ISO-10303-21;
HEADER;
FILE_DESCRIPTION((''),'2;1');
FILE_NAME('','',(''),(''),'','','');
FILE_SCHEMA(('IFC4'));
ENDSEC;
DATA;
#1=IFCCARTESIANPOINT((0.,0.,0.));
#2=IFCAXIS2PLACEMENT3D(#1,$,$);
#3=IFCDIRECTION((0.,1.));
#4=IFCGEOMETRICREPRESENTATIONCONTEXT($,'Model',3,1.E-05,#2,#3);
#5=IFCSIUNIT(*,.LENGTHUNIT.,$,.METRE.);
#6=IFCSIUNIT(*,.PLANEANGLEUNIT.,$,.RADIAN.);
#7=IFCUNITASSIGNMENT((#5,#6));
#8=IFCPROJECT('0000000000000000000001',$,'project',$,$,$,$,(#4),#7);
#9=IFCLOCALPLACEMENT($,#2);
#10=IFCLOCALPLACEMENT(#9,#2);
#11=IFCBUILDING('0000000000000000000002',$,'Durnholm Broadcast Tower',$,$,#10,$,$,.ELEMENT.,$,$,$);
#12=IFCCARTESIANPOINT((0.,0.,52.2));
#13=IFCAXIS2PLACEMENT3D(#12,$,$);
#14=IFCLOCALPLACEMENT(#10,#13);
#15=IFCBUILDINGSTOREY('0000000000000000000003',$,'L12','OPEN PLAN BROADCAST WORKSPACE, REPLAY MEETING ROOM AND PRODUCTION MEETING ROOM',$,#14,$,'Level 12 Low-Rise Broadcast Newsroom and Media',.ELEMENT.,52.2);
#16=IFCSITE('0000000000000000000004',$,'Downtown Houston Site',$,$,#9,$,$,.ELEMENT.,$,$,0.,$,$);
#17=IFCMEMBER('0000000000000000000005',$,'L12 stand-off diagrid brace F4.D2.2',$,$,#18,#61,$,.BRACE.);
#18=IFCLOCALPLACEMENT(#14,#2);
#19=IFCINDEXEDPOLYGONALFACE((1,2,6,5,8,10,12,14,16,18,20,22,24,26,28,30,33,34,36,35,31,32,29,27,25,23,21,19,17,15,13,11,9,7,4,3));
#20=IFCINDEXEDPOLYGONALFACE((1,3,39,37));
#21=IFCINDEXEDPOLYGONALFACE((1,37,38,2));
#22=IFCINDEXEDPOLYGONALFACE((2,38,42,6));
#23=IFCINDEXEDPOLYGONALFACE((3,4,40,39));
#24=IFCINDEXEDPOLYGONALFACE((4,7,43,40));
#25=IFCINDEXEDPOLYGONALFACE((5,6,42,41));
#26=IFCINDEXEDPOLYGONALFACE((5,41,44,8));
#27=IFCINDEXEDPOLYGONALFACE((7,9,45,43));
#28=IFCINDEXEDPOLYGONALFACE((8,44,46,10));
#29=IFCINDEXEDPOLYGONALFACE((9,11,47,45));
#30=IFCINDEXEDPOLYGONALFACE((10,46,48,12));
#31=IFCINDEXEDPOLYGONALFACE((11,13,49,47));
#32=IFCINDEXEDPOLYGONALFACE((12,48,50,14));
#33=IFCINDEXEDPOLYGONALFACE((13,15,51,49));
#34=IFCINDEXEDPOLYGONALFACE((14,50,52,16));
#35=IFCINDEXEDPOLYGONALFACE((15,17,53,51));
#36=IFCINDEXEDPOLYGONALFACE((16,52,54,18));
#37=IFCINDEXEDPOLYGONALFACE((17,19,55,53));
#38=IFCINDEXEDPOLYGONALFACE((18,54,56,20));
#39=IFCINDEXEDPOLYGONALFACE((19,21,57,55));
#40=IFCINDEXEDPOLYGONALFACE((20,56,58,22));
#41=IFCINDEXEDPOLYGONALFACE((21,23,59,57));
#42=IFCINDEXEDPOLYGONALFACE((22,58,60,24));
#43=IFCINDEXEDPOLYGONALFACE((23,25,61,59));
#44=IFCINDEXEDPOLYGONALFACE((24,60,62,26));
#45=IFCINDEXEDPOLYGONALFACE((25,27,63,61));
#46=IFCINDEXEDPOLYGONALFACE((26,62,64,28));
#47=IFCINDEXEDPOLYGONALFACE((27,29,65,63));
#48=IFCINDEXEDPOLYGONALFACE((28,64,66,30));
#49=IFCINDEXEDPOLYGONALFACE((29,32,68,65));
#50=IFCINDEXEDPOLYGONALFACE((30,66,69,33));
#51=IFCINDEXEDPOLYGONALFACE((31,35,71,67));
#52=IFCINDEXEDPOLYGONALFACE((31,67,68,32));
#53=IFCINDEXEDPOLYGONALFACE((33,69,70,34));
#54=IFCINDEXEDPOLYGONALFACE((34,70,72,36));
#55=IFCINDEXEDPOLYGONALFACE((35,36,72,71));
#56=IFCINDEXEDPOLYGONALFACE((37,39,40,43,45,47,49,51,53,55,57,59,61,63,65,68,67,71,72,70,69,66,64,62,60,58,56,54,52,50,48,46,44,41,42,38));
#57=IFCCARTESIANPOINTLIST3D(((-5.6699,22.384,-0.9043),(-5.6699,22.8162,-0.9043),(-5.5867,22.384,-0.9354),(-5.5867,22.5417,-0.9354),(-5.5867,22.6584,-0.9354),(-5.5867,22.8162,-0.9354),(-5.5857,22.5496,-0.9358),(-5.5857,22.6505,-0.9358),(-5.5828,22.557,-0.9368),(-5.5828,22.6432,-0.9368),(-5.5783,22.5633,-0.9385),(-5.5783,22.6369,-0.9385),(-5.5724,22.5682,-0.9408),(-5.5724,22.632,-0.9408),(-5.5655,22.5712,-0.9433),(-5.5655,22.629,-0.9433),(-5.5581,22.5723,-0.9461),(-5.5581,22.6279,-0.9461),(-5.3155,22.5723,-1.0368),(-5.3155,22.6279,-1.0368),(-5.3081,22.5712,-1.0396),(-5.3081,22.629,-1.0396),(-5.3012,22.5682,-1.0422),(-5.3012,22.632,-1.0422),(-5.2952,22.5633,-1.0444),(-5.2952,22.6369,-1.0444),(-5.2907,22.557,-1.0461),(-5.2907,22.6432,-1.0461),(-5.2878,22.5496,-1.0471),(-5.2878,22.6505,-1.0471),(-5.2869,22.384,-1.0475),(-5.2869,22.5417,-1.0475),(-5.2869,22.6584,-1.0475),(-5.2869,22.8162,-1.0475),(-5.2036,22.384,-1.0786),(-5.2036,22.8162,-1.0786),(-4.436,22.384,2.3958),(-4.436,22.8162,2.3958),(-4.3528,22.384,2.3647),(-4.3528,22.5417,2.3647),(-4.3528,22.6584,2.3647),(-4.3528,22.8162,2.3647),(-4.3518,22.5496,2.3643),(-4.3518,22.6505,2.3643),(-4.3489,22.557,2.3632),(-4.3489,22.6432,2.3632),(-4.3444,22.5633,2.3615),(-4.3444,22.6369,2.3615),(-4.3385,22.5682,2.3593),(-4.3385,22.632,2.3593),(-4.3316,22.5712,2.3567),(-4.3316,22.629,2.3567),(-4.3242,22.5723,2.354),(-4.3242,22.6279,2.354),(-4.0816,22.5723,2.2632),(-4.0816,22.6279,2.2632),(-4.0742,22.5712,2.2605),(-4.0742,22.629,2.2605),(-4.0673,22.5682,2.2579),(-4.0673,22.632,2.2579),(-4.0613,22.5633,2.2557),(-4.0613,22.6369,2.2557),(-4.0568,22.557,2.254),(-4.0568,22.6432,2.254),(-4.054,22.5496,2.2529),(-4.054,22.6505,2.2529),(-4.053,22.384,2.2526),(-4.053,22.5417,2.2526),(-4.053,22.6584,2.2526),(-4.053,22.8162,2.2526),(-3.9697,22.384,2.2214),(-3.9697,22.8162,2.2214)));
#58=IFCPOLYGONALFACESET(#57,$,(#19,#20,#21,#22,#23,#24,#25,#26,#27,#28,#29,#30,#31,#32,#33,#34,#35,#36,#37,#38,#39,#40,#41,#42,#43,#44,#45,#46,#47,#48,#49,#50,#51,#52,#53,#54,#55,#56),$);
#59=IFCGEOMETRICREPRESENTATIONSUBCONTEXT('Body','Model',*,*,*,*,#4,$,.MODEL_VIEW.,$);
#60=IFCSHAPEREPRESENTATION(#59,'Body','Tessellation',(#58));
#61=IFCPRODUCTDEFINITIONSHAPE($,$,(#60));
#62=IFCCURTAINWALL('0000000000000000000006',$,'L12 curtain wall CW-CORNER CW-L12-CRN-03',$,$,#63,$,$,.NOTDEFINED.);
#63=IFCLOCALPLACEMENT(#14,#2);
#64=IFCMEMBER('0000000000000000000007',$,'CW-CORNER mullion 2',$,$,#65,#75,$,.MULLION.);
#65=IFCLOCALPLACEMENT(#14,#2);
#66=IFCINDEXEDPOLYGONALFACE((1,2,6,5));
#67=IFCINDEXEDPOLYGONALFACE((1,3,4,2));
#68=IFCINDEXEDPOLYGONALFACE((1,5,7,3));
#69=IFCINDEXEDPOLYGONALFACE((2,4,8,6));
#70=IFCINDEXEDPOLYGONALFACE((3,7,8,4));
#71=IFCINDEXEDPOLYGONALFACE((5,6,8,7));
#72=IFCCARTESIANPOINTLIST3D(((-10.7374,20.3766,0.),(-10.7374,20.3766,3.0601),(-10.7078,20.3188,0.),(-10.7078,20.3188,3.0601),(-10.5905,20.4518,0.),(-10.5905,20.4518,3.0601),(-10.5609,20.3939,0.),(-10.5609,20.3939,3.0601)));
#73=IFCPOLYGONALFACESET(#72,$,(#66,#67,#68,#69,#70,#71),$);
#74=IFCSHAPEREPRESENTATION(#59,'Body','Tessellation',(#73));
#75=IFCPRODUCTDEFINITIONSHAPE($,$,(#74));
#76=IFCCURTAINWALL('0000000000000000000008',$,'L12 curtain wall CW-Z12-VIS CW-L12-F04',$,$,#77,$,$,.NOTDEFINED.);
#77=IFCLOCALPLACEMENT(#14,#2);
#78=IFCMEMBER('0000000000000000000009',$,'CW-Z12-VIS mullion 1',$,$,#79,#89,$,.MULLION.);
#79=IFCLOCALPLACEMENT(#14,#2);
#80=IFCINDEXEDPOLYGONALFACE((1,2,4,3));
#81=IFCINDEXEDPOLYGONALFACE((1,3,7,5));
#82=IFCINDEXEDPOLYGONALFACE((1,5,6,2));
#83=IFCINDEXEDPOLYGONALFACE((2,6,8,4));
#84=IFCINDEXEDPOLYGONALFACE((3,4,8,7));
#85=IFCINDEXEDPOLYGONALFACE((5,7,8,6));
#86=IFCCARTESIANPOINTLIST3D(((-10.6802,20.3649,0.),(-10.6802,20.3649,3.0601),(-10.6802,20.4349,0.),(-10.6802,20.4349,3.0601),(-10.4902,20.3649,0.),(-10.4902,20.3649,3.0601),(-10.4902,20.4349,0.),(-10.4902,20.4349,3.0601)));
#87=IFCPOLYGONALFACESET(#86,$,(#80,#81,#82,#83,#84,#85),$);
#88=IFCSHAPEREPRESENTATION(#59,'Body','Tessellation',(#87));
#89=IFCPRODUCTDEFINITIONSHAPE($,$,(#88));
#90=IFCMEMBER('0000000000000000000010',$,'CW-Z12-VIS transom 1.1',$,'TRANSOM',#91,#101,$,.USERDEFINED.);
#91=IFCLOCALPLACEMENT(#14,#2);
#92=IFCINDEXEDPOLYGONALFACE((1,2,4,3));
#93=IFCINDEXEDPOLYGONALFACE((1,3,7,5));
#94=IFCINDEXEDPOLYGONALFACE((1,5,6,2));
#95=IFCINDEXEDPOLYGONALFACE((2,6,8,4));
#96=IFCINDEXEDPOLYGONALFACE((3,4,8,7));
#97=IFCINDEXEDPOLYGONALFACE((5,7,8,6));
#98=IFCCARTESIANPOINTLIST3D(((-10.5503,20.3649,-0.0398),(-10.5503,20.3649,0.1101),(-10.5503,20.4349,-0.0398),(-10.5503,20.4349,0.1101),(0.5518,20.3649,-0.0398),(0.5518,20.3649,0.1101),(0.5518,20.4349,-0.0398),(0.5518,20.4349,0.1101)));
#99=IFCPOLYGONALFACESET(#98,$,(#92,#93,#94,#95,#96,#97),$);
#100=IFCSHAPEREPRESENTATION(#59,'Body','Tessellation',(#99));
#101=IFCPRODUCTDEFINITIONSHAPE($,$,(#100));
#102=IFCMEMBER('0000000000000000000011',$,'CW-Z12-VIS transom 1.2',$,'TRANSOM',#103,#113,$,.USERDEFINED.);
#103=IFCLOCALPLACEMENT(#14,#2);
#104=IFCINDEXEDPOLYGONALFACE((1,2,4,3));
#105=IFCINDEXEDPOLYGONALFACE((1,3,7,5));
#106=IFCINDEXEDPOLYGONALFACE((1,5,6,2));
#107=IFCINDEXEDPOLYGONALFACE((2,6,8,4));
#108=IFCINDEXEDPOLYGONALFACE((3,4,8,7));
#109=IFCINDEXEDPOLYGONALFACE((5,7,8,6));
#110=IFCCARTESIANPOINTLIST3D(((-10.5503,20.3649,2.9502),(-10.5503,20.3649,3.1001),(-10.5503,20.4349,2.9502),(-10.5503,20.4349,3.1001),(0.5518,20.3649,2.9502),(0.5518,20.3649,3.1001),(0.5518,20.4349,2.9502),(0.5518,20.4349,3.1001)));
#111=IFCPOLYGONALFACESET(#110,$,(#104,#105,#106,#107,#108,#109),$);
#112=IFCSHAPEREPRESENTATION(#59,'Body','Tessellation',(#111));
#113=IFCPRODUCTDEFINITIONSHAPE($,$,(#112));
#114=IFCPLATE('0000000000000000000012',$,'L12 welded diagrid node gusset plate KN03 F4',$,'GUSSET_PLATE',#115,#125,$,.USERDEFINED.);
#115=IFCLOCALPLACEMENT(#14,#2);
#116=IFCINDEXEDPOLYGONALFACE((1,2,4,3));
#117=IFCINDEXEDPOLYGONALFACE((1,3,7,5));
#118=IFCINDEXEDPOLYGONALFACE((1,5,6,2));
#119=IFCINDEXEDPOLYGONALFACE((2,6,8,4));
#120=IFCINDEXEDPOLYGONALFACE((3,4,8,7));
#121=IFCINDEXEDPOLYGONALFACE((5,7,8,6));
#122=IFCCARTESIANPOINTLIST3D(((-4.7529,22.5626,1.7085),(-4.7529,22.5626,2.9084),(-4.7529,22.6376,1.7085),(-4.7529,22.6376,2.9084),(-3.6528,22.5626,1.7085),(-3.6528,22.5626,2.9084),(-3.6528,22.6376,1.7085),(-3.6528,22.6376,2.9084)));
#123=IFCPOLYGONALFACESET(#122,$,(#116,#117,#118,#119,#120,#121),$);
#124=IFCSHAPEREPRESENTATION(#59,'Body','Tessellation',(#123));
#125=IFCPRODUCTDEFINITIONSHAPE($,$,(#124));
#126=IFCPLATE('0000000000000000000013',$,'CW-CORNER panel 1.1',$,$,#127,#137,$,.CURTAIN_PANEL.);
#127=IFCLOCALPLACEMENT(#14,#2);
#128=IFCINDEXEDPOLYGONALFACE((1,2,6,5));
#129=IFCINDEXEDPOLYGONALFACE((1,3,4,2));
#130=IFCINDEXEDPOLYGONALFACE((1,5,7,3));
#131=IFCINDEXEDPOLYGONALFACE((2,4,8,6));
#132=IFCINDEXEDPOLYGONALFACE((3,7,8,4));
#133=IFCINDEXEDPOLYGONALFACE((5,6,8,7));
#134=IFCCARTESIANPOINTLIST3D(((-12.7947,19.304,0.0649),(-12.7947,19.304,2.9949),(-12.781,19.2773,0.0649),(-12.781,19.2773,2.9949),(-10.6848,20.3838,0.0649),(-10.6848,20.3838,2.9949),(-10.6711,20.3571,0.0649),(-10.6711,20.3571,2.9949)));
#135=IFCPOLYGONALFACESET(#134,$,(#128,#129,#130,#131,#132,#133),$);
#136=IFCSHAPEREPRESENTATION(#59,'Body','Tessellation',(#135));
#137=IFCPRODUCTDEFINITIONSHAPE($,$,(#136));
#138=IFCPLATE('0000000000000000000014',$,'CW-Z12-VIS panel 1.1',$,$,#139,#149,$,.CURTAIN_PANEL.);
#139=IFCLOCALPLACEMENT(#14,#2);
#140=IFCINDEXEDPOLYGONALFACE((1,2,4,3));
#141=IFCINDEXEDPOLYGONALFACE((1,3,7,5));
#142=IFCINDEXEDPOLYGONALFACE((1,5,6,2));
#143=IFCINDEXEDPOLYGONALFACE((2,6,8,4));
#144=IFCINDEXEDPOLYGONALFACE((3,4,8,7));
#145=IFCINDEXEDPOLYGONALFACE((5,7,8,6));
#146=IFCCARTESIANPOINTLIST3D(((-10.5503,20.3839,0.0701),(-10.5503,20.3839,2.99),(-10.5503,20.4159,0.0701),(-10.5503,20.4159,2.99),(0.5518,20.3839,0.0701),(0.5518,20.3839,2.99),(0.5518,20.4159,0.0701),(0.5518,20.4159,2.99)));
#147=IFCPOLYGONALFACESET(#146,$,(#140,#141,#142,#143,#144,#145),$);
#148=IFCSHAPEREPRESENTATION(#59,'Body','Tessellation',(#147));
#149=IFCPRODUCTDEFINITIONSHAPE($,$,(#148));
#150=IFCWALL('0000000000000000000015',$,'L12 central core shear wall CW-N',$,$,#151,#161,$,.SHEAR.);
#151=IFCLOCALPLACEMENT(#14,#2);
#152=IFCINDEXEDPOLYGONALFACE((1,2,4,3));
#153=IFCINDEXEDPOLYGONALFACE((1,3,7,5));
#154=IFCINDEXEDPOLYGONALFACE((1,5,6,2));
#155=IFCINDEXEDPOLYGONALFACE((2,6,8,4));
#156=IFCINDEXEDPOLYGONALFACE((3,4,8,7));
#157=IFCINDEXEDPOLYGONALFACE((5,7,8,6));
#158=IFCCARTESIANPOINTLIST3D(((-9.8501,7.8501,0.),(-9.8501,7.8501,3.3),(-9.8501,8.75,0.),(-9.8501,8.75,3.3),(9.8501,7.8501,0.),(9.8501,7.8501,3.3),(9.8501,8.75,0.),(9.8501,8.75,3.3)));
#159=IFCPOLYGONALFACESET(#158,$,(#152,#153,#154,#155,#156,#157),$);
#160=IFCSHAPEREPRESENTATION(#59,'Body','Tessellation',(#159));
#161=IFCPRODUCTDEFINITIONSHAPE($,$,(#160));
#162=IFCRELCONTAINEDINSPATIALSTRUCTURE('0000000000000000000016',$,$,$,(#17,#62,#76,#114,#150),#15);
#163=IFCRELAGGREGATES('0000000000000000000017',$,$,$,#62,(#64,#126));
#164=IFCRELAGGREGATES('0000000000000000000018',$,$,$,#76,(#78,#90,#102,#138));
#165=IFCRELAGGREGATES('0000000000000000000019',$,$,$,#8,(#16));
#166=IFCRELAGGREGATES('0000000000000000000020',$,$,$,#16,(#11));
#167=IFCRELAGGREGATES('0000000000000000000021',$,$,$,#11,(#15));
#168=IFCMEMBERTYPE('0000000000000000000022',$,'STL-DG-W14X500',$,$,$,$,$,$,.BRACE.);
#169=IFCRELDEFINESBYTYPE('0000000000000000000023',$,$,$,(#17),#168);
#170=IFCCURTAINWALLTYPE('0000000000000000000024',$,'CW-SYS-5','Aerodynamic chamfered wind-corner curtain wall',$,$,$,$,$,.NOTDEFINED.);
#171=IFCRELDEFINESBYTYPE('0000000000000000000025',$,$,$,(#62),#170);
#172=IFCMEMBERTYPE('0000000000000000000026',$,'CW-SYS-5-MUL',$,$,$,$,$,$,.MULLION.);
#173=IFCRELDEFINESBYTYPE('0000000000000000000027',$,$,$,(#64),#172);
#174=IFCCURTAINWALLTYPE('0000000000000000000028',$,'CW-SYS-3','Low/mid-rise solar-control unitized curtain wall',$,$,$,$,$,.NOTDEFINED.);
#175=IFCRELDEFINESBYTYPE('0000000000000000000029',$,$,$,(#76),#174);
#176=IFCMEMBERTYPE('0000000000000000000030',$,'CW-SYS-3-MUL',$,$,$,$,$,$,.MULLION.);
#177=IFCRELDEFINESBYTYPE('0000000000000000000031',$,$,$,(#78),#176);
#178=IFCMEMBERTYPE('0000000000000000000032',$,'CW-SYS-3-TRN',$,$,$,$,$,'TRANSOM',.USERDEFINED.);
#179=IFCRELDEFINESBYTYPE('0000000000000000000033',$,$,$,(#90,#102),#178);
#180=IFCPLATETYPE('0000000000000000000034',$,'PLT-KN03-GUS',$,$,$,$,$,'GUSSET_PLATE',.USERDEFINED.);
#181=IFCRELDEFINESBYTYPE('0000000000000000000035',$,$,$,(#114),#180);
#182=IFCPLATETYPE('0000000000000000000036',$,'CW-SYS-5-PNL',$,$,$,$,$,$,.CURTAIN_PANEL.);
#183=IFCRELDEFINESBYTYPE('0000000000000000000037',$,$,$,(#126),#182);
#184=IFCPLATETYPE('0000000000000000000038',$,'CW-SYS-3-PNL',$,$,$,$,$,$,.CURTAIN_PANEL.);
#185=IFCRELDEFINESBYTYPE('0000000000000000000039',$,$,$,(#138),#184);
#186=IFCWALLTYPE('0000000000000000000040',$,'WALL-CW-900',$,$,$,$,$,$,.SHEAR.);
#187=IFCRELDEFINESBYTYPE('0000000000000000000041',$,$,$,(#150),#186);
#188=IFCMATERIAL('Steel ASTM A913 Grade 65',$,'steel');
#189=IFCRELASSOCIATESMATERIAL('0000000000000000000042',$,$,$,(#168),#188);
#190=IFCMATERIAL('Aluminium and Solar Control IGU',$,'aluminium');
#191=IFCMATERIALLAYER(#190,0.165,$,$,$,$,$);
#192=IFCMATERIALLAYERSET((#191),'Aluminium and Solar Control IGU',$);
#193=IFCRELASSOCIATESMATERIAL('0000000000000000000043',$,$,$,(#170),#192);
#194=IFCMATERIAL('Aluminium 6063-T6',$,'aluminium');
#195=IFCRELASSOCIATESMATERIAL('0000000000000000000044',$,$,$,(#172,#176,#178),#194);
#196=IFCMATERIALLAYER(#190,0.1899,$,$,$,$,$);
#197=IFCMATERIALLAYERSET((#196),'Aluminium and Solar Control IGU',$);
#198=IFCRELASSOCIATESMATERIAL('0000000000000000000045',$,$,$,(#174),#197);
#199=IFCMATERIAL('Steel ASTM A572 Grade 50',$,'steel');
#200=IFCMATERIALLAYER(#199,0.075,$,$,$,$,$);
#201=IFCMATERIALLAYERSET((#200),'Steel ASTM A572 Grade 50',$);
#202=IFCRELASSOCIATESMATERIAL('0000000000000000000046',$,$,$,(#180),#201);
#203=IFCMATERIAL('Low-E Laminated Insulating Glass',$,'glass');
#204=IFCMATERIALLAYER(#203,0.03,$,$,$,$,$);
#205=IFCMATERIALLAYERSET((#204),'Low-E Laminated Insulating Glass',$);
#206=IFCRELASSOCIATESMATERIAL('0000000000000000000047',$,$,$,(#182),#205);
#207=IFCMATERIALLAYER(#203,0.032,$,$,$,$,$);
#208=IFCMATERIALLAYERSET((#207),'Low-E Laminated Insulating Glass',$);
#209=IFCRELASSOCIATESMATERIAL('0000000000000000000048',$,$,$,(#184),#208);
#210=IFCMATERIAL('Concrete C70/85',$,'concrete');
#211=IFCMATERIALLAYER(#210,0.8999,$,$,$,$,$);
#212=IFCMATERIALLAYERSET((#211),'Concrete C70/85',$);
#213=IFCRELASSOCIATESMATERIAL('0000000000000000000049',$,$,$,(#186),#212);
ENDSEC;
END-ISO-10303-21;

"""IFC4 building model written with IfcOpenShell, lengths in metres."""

from ifc_helpers import new_model, si_unit, direction, frame, frame_2d, origin, origin_2d, place, context, subcontext, project, spatial, rectangle, i_section, extrude, source, transform, mapped, material, layer, layer_set, material_profile, profile_set, type_object, type_shapes, element, aggregate, save


model = new_model("IFC4")

# Units and contexts
model_context = context("Model", 3, precision=1e-05, world=origin(), true_north=direction((0.0, 1.0)))
body_context = subcontext(model_context, "Body", "Model", "MODEL_VIEW")
ifc_project = project(units=[si_unit("LENGTHUNIT", "METRE"), si_unit("PLANEANGLEUNIT", "RADIAN")], contexts=[model_context])

# Site, building, storey
site_placement = place(None, origin())
site = spatial("IfcSite", under=ifc_project, at=site_placement, Name="Downtown Houston Site", CompositionType="ELEMENT", RefElevation=0.0)
building_placement = place(site_placement, origin())
building = spatial("IfcBuilding", under=site, at=building_placement, Name="Durnholm Broadcast Tower", CompositionType="ELEMENT")
storey_placement = place(building_placement, frame((0.0, 0.0, 52.2)))
storey = spatial("IfcBuildingStorey", under=building, at=storey_placement, Name="L12", Description="OPEN PLAN BROADCAST WORKSPACE, REPLAY MEETING ROOM AND PRODUCTION MEETING ROOM", LongName="Level 12 Low-Rise Broadcast Newsroom and Media", CompositionType="ELEMENT", Elevation=52.2)

# Shared definitions
ifc_material_1 = material(Name="Concrete C70/85", Category="concrete")

# Member
ifc_material_2 = material(Name="Steel ASTM A913 Grade 65", Category="steel")
ifc_material_profile_1 = material_profile(ifc_material_2, i_section(OverallWidth=0.4321, OverallDepth=0.4978, WebThickness=0.0557, FlangeThickness=0.0889, FilletRadius=0.0305, at=origin_2d()), Name="W14X500")
ifc_profile_set_1 = profile_set([ifc_material_profile_1], Name="Steel ASTM A913 Grade 65")
member_type_1 = type_object("IfcMemberType", Name="STL-DG-W14X500", PredefinedType="BRACE", material=ifc_profile_set_1)
shared_shape_1 = source(origin(), body_context, "Body", "SweptSolid", [
    extrude(i_section(OverallWidth=0.4321, OverallDepth=0.4978, WebThickness=0.0557, FlangeThickness=0.0889, FilletRadius=0.0305, at=origin_2d()), origin(), (0.0, 0.0, 1.0), 3.5232),
])
type_shapes(member_type_1, [shared_shape_1])
for number, where, z_axis, x_axis, name in (
    (1, (-5.4368, 22.6001, -0.9915), (0.35022, 0.0, 0.936668), (0.0, 1.0, 0.0), "L12 stand-off diagrid brace F4.D2.2"),
):
    element("IfcMember", number, at=place(storey_placement, frame(where, z_axis=z_axis, x_axis=x_axis)), inside=storey, type_object=member_type_1, Name=name, PredefinedType="BRACE", context=body_context, shape_type="MappedRepresentation", body=[
        mapped(shared_shape_1, transform((0.0, 0.0, 0.0), x_axis=(1.0, 0.0, 0.0), y_axis=(0.0, 1.0, 0.0), z_axis=(0.0, 0.0, 1.0), scale=1.0)),
    ])

# Curtain wall, member
ifc_material_3 = material(Name="Aluminium and Solar Control IGU", Category="aluminium")
ifc_layer_1 = layer(ifc_material_3, 0.165)
ifc_layer_set_1 = layer_set([ifc_layer_1], Name="Aluminium and Solar Control IGU")
curtain_wall_type_1 = type_object("IfcCurtainWallType", Name="CW-SYS-5", Description="Aerodynamic chamfered wind-corner curtain wall", PredefinedType="NOTDEFINED", material=ifc_layer_set_1)
curtain_wall_1_placement = place(storey_placement, origin())
curtain_wall_1 = element("IfcCurtainWall", 2, at=curtain_wall_1_placement, inside=storey, type_object=curtain_wall_type_1, Name="L12 curtain wall CW-CORNER CW-L12-CRN-03", PredefinedType="NOTDEFINED")
ifc_material_4 = material(Name="Aluminium 6063-T6", Category="aluminium")
ifc_material_profile_2 = material_profile(ifc_material_4, rectangle(XDim=0.0649, YDim=0.165, at=origin_2d()), Name="CWM65X165")
ifc_profile_set_2 = profile_set([ifc_material_profile_2], Name="Aluminium 6063-T6")
member_type_2 = type_object("IfcMemberType", Name="CW-SYS-5-MUL", PredefinedType="MULLION", material=ifc_profile_set_2)
shared_shape_2 = source(origin(), body_context, "Body", "SweptSolid", [
    extrude(rectangle(XDim=0.0649, YDim=0.165, at=origin_2d()), origin(), (0.0, 0.0, 1.0), 3.0601),
])
type_shapes(member_type_2, [shared_shape_2])
member_1_placement = place(storey_placement, frame((-10.6492, 20.3853, 0.0), z_axis=(0.0, 0.0, 1.0), x_axis=(-0.455594, 0.890188, 0.0)))
member_1 = element("IfcMember", 3, at=member_1_placement, type_object=member_type_2, Name="CW-CORNER mullion 2", PredefinedType="MULLION", context=body_context, shape_type="MappedRepresentation", body=[
    mapped(shared_shape_2, transform((0.0, 0.0, 0.0), x_axis=(1.0, 0.0, 0.0), y_axis=(0.0, 1.0, 0.0), z_axis=(0.0, 0.0, 1.0), scale=1.0)),
])

# Curtain wall, members
ifc_layer_2 = layer(ifc_material_3, 0.1899)
ifc_layer_set_2 = layer_set([ifc_layer_2], Name="Aluminium and Solar Control IGU")
curtain_wall_type_2 = type_object("IfcCurtainWallType", Name="CW-SYS-3", Description="Low/mid-rise solar-control unitized curtain wall", PredefinedType="NOTDEFINED", material=ifc_layer_set_2)
curtain_wall_2_placement = place(storey_placement, origin())
curtain_wall_2 = element("IfcCurtainWall", 4, at=curtain_wall_2_placement, inside=storey, type_object=curtain_wall_type_2, Name="L12 curtain wall CW-Z12-VIS CW-L12-F04", PredefinedType="NOTDEFINED")
ifc_material_profile_3 = material_profile(ifc_material_4, rectangle(XDim=0.0701, YDim=0.1899, at=origin_2d()), Name="CWM70X190")
ifc_profile_set_3 = profile_set([ifc_material_profile_3], Name="Aluminium 6063-T6")
member_type_3 = type_object("IfcMemberType", Name="CW-SYS-3-MUL", PredefinedType="MULLION", material=ifc_profile_set_3)
shared_shape_3 = source(origin(), body_context, "Body", "SweptSolid", [
    extrude(rectangle(XDim=0.0701, YDim=0.1899, at=origin_2d()), origin(), (0.0, 0.0, 1.0), 3.0601),
])
type_shapes(member_type_3, [shared_shape_3])
member_2_placement = place(storey_placement, frame((-10.5852, 20.3999, 0.0), z_axis=(0.0, 0.0, 1.0), x_axis=(0.0, 1.0, 0.0)))
member_2 = element("IfcMember", 5, at=member_2_placement, type_object=member_type_3, Name="CW-Z12-VIS mullion 1", PredefinedType="MULLION", context=body_context, shape_type="MappedRepresentation", body=[
    mapped(shared_shape_3, transform((0.0, 0.0, 0.0), x_axis=(1.0, 0.0, 0.0), y_axis=(0.0, 1.0, 0.0), z_axis=(0.0, 0.0, 1.0), scale=1.0)),
])
ifc_material_profile_4 = material_profile(ifc_material_4, rectangle(XDim=0.0701, YDim=0.1499, at=origin_2d()), Name="CWT70X150")
ifc_profile_set_4 = profile_set([ifc_material_profile_4], Name="Aluminium 6063-T6")
member_type_4 = type_object("IfcMemberType", Name="CW-SYS-3-TRN", ElementType="TRANSOM", PredefinedType="USERDEFINED", material=ifc_profile_set_4)
shared_shape_4 = source(origin(), body_context, "Body", "SweptSolid", [
    extrude(rectangle(XDim=0.0701, YDim=0.1499, at=origin_2d()), origin(), (0.0, 0.0, 1.0), 11.1021),
])
type_shapes(member_type_4, [shared_shape_4])
member_3_placement = place(storey_placement, frame((-10.5503, 20.3999, 0.0352), z_axis=(1.0, 0.0, 0.0), x_axis=(0.0, 1.0, 0.0)))
member_3 = element("IfcMember", 6, at=member_3_placement, type_object=member_type_4, Name="CW-Z12-VIS transom 1.1", ObjectType="TRANSOM", PredefinedType="USERDEFINED", context=body_context, shape_type="MappedRepresentation", body=[
    mapped(shared_shape_4, transform((0.0, 0.0, 0.0), x_axis=(1.0, 0.0, 0.0), y_axis=(0.0, 1.0, 0.0), z_axis=(0.0, 0.0, 1.0), scale=1.0)),
])
member_4_placement = place(storey_placement, frame((-10.5503, 20.3999, 3.0251), z_axis=(1.0, 0.0, 0.0), x_axis=(0.0, 1.0, 0.0)))
member_4 = element("IfcMember", 7, at=member_4_placement, type_object=member_type_4, Name="CW-Z12-VIS transom 1.2", ObjectType="TRANSOM", PredefinedType="USERDEFINED", context=body_context, shape_type="MappedRepresentation", body=[
    mapped(shared_shape_4, transform((0.0, 0.0, 0.0), x_axis=(1.0, 0.0, 0.0), y_axis=(0.0, 1.0, 0.0), z_axis=(0.0, 0.0, 1.0), scale=1.0)),
])

# Plates
ifc_material_5 = material(Name="Steel ASTM A572 Grade 50", Category="steel")
ifc_layer_3 = layer(ifc_material_5, 0.075)
ifc_layer_set_3 = layer_set([ifc_layer_3], Name="Steel ASTM A572 Grade 50")
plate_type_1 = type_object("IfcPlateType", Name="PLT-KN03-GUS", ElementType="GUSSET_PLATE", PredefinedType="USERDEFINED", material=ifc_layer_set_3)
shared_shape_5 = source(origin(), body_context, "Body", "SweptSolid", [
    extrude(rectangle(XDim=1.1001, YDim=0.075, at=origin_2d()), origin(), (0.0, 0.0, 1.0), 1.2),
])
type_shapes(plate_type_1, [shared_shape_5])
plate_1_placement = place(storey_placement, frame((-4.2029, 22.6001, 1.7085), z_axis=(0.0, 0.0, 1.0), x_axis=(-1.0, 0.0, 0.0)))
element("IfcPlate", 8, at=plate_1_placement, inside=storey, type_object=plate_type_1, Name="L12 welded diagrid node gusset plate KN03 F4", ObjectType="GUSSET_PLATE", PredefinedType="USERDEFINED", context=body_context, shape_type="MappedRepresentation", body=[
    mapped(shared_shape_5, transform((0.0, 0.0, 0.0), x_axis=(1.0, 0.0, 0.0), y_axis=(0.0, 1.0, 0.0), z_axis=(0.0, 0.0, 1.0), scale=1.0)),
])
ifc_material_6 = material(Name="Low-E Laminated Insulating Glass", Category="glass")
ifc_layer_4 = layer(ifc_material_6, 0.03)
ifc_layer_set_4 = layer_set([ifc_layer_4], Name="Low-E Laminated Insulating Glass")
plate_type_2 = type_object("IfcPlateType", Name="CW-SYS-5-PNL", PredefinedType="CURTAIN_PANEL", material=ifc_layer_set_4)
shared_shape_6 = source(origin(), body_context, "Body", "SweptSolid", [
    extrude(rectangle(XDim=2.3701, YDim=0.03, at=origin_2d()), origin(), (0.0, 0.0, 1.0), 2.9299),
])
type_shapes(plate_type_2, [shared_shape_6])
plate_2_placement = place(storey_placement, frame((-11.7329, 19.8306, 0.0649), z_axis=(0.0, 0.0, 1.0), x_axis=(0.890188, 0.455594, 0.0)))
plate_2 = element("IfcPlate", 9, at=plate_2_placement, type_object=plate_type_2, Name="CW-CORNER panel 1.1", PredefinedType="CURTAIN_PANEL", context=body_context, shape_type="MappedRepresentation", body=[
    mapped(shared_shape_6, transform((0.0, 0.0, 0.0), x_axis=(1.0, 0.0, 0.0), y_axis=(0.0, 1.0, 0.0), z_axis=(0.0, 0.0, 1.0), scale=1.0)),
])
aggregate(curtain_wall_1, [member_1, plate_2])
ifc_layer_5 = layer(ifc_material_6, 0.032)
ifc_layer_set_5 = layer_set([ifc_layer_5], Name="Low-E Laminated Insulating Glass")
plate_type_3 = type_object("IfcPlateType", Name="CW-SYS-3-PNL", PredefinedType="CURTAIN_PANEL", material=ifc_layer_set_5)
shared_shape_7 = source(origin(), body_context, "Body", "SweptSolid", [
    extrude(rectangle(XDim=11.1021, YDim=0.032, at=origin_2d()), origin(), (0.0, 0.0, 1.0), 2.9199),
])
type_shapes(plate_type_3, [shared_shape_7])
plate_3_placement = place(storey_placement, frame((-4.9993, 20.3999, 0.0701), z_axis=(0.0, 0.0, 1.0), x_axis=(1.0, 0.0, 0.0)))
plate_3 = element("IfcPlate", 10, at=plate_3_placement, type_object=plate_type_3, Name="CW-Z12-VIS panel 1.1", PredefinedType="CURTAIN_PANEL", context=body_context, shape_type="MappedRepresentation", body=[
    mapped(shared_shape_7, transform((0.0, 0.0, 0.0), x_axis=(1.0, 0.0, 0.0), y_axis=(0.0, 1.0, 0.0), z_axis=(0.0, 0.0, 1.0), scale=1.0)),
])
aggregate(curtain_wall_2, [member_2, member_3, member_4, plate_3])

# Wall
ifc_layer_6 = layer(ifc_material_1, 0.8999)
ifc_layer_set_6 = layer_set([ifc_layer_6], Name="Concrete C70/85")
wall_type_1 = type_object("IfcWallType", Name="WALL-CW-900", PredefinedType="SHEAR", material=ifc_layer_set_6)
wall_1_placement = place(storey_placement, frame((-9.8501, 8.3, 0.0), z_axis=(0.0, 0.0, 1.0), x_axis=(1.0, 0.0, 0.0)))
element("IfcWall", 11, at=wall_1_placement, inside=storey, type_object=wall_type_1, Name="L12 central core shear wall CW-N", PredefinedType="SHEAR", context=body_context, shape_type="SweptSolid", body=[
    extrude(rectangle(XDim=19.7002, YDim=0.8999, at=frame_2d((9.8501, 0.0))), origin(), (0.0, 0.0, 1.0), 3.3),
])

save(model, "model.ifc")
